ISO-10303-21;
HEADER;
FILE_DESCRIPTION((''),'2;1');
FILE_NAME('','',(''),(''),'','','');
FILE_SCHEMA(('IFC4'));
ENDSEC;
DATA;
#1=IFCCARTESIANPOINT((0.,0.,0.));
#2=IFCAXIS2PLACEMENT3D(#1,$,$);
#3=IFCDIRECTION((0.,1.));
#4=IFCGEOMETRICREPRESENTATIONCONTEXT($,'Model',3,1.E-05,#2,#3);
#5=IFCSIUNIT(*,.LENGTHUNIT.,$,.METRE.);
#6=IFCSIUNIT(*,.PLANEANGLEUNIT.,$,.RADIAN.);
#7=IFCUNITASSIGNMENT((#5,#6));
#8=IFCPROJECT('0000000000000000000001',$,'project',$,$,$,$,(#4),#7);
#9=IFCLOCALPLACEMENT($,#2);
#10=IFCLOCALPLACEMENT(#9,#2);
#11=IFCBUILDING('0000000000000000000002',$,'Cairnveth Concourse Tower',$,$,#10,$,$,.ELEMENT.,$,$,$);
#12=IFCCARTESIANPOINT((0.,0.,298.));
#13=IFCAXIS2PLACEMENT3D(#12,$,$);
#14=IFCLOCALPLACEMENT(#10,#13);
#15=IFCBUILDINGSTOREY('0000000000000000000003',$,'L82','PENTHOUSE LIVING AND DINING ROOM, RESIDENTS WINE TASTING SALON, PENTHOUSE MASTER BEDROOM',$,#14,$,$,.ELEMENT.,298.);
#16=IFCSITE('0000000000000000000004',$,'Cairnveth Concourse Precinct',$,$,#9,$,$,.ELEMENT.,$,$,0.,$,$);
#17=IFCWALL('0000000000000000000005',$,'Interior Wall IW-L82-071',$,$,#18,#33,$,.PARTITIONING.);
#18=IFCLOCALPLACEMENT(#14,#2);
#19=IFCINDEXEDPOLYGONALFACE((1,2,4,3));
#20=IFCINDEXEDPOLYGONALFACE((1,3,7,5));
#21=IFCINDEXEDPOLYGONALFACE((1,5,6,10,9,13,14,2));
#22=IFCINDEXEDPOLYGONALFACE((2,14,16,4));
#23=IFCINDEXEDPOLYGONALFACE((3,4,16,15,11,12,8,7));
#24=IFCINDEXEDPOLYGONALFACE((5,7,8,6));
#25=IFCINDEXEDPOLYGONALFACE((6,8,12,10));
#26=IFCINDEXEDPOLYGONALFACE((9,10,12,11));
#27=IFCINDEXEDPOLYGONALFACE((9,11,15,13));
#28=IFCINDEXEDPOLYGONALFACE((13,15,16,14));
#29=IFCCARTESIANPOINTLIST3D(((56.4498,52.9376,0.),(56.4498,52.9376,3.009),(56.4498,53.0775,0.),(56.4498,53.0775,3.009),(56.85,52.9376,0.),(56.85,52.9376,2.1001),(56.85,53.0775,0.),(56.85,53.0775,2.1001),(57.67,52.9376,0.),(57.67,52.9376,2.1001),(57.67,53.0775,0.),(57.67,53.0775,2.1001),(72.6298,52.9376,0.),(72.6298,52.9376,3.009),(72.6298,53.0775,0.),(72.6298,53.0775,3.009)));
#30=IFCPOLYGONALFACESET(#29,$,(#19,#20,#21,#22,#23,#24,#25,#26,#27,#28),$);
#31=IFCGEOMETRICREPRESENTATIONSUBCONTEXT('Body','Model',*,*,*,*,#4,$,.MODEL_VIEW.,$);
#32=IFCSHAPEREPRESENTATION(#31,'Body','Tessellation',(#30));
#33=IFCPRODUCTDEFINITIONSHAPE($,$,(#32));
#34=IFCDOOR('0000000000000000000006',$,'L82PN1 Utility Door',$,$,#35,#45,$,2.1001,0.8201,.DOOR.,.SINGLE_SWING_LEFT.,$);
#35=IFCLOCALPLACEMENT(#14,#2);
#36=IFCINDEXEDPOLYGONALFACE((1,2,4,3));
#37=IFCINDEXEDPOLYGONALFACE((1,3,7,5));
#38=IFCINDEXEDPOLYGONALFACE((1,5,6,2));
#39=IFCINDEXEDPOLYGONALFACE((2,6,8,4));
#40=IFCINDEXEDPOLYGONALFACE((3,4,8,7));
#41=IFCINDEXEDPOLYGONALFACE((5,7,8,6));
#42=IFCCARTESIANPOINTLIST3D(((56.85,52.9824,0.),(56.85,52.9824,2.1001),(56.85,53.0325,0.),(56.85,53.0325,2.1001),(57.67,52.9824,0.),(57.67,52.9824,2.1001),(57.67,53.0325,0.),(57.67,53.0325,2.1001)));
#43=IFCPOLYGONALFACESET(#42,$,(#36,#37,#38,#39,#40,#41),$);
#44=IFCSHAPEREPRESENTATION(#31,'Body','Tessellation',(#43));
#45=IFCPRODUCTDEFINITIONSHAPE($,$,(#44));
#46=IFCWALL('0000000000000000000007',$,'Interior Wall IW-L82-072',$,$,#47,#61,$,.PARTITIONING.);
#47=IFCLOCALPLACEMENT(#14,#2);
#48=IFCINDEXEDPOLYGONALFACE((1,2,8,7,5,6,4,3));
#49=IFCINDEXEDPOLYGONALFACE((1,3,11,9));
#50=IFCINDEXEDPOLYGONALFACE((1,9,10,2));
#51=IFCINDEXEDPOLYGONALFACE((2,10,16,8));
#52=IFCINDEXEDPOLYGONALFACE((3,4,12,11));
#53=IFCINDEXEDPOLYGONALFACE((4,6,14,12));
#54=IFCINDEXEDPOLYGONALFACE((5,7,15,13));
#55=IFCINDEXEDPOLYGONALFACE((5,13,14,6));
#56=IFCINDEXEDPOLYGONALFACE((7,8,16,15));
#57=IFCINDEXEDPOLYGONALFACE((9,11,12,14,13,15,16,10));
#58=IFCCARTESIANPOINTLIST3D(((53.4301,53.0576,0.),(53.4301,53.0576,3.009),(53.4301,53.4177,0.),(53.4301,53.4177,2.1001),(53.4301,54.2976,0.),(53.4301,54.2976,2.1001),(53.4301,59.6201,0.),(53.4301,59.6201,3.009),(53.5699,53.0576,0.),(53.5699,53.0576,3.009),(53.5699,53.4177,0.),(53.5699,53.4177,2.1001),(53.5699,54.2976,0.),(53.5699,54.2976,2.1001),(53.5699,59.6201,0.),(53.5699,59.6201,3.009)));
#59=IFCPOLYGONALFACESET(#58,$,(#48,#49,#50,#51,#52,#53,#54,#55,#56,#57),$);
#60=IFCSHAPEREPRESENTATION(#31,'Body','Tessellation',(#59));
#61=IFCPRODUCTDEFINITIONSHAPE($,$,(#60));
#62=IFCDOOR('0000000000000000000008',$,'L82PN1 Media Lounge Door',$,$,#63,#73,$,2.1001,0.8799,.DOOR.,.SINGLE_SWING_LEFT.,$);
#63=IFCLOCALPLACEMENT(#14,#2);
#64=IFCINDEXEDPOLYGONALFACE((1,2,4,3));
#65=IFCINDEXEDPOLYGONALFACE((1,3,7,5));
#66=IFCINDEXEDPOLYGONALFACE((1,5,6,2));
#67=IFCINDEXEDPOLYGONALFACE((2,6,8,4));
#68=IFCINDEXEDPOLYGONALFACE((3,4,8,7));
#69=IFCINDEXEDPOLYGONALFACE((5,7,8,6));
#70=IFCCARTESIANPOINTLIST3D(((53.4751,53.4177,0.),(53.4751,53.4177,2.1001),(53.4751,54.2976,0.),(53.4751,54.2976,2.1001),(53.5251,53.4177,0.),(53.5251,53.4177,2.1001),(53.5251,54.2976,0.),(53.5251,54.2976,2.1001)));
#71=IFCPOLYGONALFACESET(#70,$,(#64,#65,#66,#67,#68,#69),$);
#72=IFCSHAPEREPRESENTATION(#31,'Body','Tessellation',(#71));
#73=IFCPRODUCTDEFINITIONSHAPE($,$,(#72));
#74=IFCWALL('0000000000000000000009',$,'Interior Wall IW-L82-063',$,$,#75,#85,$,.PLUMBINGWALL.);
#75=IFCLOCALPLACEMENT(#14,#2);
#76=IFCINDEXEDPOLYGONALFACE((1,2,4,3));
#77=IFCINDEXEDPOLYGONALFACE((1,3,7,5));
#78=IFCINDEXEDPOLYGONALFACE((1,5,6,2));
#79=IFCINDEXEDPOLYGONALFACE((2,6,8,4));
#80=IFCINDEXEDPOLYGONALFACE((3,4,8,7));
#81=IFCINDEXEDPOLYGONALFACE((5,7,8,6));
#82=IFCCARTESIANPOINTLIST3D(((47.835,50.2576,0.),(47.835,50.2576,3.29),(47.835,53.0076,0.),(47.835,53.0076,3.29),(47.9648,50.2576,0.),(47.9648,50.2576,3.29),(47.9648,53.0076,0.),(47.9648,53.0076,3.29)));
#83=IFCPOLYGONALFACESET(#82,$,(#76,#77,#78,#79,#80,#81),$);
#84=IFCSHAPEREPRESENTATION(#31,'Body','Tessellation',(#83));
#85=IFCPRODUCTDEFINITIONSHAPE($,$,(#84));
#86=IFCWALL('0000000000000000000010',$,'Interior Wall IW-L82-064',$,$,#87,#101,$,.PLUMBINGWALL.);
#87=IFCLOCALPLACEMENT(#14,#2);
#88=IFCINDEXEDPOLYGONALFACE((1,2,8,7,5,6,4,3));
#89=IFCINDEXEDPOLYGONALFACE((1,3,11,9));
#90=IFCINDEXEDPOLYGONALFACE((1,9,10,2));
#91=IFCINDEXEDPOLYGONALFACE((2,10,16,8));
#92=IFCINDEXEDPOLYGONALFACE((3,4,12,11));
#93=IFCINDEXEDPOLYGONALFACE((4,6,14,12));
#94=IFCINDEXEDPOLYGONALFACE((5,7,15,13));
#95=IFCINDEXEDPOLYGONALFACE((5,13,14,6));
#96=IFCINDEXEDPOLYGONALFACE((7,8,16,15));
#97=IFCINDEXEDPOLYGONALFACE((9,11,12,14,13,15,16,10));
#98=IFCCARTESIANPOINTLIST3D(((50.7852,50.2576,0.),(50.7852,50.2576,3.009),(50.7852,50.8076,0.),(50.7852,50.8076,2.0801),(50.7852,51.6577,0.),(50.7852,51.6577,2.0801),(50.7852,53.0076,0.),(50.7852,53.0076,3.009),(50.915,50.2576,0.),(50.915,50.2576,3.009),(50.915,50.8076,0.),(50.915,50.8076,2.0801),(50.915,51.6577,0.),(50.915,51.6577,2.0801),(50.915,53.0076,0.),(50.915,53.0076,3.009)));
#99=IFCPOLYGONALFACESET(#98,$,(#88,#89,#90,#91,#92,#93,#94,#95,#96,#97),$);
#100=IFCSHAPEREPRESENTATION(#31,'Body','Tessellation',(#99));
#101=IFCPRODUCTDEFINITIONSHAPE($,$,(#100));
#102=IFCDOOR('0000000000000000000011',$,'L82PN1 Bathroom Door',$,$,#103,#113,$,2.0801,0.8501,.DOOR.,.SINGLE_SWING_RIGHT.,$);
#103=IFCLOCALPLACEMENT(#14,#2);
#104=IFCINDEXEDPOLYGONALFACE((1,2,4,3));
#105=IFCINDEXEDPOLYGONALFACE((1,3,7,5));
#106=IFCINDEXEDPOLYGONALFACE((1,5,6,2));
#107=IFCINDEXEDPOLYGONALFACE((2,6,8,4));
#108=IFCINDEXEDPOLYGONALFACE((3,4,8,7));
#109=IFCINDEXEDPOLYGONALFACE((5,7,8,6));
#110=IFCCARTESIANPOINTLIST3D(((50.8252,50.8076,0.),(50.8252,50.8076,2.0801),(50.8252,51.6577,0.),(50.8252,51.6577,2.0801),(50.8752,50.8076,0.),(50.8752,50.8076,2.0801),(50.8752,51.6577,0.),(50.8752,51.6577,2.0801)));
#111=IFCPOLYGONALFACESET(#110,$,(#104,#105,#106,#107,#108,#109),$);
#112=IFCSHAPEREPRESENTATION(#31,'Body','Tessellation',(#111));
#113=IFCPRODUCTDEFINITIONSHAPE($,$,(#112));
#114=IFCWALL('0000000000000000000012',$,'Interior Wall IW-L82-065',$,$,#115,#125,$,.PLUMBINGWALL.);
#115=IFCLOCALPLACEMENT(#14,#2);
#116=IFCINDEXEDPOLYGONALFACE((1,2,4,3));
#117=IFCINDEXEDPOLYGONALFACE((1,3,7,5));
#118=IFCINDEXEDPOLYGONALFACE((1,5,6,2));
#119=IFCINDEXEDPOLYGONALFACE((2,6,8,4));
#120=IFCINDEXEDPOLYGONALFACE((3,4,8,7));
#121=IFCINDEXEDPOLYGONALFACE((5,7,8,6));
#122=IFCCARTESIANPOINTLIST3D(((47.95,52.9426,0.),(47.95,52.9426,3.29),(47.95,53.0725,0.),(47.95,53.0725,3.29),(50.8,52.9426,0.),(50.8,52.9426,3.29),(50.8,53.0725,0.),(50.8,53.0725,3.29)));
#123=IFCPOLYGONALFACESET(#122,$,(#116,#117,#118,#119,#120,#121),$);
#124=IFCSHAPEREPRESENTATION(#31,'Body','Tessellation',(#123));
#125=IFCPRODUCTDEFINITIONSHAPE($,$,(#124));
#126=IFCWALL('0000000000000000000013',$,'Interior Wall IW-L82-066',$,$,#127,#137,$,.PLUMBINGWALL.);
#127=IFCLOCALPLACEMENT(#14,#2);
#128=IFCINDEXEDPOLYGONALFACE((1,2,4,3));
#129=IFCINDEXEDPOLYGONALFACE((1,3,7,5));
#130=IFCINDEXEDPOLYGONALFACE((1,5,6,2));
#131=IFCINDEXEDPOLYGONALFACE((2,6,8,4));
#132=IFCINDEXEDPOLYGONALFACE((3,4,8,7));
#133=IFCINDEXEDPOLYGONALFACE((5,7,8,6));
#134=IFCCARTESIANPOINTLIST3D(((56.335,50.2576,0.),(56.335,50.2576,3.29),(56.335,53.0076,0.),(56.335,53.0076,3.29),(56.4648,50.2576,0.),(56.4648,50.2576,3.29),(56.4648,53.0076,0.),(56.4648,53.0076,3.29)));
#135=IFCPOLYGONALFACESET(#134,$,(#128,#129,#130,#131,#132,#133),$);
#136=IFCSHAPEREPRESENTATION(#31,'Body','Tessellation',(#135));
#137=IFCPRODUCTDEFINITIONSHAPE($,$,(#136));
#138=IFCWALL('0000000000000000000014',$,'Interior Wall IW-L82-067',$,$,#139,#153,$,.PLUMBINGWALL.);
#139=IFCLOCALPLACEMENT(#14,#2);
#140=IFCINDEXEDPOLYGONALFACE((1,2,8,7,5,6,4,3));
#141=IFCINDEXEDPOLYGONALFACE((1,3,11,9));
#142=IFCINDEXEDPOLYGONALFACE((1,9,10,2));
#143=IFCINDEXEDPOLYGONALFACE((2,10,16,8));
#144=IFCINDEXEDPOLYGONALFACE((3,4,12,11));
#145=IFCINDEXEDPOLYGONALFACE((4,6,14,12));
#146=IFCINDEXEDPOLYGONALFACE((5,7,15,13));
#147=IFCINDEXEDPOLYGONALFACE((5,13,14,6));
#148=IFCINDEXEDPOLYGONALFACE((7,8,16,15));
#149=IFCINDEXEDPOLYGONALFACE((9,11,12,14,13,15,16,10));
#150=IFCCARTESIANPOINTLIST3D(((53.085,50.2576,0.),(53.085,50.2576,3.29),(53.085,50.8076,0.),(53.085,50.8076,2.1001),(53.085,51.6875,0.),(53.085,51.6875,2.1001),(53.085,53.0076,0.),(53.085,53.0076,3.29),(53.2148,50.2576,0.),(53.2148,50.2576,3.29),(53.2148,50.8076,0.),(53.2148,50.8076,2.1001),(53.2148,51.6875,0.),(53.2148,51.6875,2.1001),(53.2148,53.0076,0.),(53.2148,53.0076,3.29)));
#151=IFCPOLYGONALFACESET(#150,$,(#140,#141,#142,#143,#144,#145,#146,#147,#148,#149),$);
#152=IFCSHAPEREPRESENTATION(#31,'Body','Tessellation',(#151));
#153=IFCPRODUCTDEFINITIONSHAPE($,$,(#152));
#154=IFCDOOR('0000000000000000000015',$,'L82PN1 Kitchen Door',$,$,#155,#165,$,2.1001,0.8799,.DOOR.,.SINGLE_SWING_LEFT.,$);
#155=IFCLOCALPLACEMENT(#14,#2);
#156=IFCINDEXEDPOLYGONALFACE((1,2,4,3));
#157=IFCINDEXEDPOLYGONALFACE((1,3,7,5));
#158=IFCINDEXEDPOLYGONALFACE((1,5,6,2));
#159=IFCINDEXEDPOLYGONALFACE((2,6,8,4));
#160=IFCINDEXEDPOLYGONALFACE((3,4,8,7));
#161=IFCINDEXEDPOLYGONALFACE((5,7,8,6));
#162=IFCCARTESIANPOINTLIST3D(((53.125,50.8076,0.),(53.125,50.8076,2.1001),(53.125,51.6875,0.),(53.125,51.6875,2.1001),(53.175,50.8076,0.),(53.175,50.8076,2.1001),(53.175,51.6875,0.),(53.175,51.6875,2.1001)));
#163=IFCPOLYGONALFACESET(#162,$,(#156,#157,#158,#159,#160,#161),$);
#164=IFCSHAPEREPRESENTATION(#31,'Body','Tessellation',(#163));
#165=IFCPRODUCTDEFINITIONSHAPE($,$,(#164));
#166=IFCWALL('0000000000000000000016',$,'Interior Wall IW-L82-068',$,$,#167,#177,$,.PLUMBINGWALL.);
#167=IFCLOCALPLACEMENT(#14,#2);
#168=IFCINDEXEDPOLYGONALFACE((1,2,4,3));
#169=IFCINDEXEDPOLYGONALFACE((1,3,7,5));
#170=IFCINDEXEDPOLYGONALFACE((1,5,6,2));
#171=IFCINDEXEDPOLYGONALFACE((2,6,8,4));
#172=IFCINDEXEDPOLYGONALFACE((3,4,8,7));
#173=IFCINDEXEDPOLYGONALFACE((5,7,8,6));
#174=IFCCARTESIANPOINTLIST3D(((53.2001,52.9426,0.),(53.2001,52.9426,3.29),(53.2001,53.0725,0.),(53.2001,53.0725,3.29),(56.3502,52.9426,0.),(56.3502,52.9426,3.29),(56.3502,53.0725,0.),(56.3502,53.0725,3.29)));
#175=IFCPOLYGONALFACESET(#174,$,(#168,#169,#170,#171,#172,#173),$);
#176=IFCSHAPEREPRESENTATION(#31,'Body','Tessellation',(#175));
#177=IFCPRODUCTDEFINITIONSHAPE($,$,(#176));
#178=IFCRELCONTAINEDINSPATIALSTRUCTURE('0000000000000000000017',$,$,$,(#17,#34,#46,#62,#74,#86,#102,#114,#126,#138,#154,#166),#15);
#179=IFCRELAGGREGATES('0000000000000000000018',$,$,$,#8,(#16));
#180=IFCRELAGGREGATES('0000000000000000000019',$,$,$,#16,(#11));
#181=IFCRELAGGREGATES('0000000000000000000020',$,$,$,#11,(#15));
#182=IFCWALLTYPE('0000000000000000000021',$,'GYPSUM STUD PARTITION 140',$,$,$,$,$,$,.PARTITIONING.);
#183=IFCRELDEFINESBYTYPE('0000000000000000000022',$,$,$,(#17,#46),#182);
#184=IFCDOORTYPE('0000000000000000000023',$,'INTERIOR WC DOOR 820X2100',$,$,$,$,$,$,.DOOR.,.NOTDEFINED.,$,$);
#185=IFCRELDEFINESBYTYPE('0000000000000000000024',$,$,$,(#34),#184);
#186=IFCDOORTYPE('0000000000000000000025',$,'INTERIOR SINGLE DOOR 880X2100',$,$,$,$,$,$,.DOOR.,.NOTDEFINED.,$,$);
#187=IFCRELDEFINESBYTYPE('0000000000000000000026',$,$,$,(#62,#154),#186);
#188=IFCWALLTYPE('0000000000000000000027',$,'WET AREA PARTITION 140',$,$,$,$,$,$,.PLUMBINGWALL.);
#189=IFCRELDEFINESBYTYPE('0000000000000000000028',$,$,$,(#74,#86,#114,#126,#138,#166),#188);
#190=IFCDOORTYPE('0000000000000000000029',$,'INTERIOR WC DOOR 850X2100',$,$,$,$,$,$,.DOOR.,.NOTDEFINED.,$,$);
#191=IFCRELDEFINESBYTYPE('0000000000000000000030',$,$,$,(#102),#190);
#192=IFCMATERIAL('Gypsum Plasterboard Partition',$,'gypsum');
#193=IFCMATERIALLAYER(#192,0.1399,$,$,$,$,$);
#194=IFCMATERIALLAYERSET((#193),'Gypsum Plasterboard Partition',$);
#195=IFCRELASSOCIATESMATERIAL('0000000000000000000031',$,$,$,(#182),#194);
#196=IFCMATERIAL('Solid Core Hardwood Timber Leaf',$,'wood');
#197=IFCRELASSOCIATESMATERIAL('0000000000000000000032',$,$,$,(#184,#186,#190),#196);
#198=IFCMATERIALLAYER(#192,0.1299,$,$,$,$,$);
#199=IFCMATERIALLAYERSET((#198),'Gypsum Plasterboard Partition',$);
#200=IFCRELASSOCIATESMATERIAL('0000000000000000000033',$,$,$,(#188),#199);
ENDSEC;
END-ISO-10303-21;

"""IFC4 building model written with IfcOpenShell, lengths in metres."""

from ifc_helpers import new_model, si_unit, direction, frame, frame_2d, origin, place, context, subcontext, project, spatial, rectangle, extrude, material, layer, layer_set, type_object, element, fill, save


model = new_model("IFC4")

# Units and contexts
model_context = context("Model", 3, precision=1e-05, world=origin(), true_north=direction((0.0, 1.0)))
body_context = subcontext(model_context, "Body", "Model", "MODEL_VIEW")
ifc_project = project(units=[si_unit("LENGTHUNIT", "METRE"), si_unit("PLANEANGLEUNIT", "RADIAN")], contexts=[model_context])

# Site, building, storey
site_placement = place(None, origin())
site = spatial("IfcSite", under=ifc_project, at=site_placement, Name="Cairnveth Concourse Precinct", CompositionType="ELEMENT", RefElevation=0.0)
building_placement = place(site_placement, origin())
building = spatial("IfcBuilding", under=site, at=building_placement, Name="Cairnveth Concourse Tower", CompositionType="ELEMENT")
storey_placement = place(building_placement, frame((0.0, 0.0, 298.0)))
storey = spatial("IfcBuildingStorey", under=building, at=storey_placement, Name="L82", Description="PENTHOUSE LIVING AND DINING ROOM, RESIDENTS WINE TASTING SALON, PENTHOUSE MASTER BEDROOM", CompositionType="ELEMENT", Elevation=298.0)

# Walls, openings, doors
ifc_material_1 = material(Name="Gypsum Plasterboard Partition", Category="gypsum")
ifc_layer_1 = layer(ifc_material_1, 0.1399)
ifc_layer_set_1 = layer_set([ifc_layer_1], Name="Gypsum Plasterboard Partition")
wall_type_1 = type_object("IfcWallType", Name="GYPSUM STUD PARTITION 140", PredefinedType="PARTITIONING", material=ifc_layer_set_1)
wall_1_placement = place(storey_placement, frame((56.45, 53.0076, 0.0), z_axis=(0.0, 0.0, 1.0), x_axis=(1.0, 0.0, 0.0)))
wall_1 = element("IfcWall", 1, at=wall_1_placement, inside=storey, type_object=wall_type_1, Name="Interior Wall IW-L82-071", PredefinedType="PARTITIONING", context=body_context, shape_type="SweptSolid", body=[
    extrude(rectangle(XDim=16.1799, YDim=0.1399, at=frame_2d((8.0898, 0.0))), origin(), (0.0, 0.0, 1.0), 3.009),
])
opening_1_placement = place(wall_1_placement, frame((0.3999, 0.0, 0.0)))
opening_1 = element("IfcOpeningElement", 2, at=opening_1_placement, cuts=wall_1, PredefinedType="OPENING", context=body_context, shape_type="SweptSolid", body=[
    extrude(rectangle(XDim=0.8201, YDim=2.1001, at=frame_2d((0.4102, 1.05))), frame((0.0, 0.0798, 0.0), z_axis=(0.0, -1.0, 0.0), x_axis=(1.0, 0.0, 0.0)), (0.0, 0.0, 1.0), 0.1599),
])
ifc_material_2 = material(Name="Solid Core Hardwood Timber Leaf", Category="wood")
door_type_1 = type_object("IfcDoorType", Name="INTERIOR WC DOOR 820X2100", OperationType="NOTDEFINED", PredefinedType="DOOR", material=ifc_material_2)
door_1_placement = place(opening_1_placement, origin())
door_1 = element("IfcDoor", 3, at=door_1_placement, inside=storey, type_object=door_type_1, Name="L82PN1 Utility Door", OperationType="SINGLE_SWING_LEFT", OverallHeight=2.1001, OverallWidth=0.8201, PredefinedType="DOOR", context=body_context, shape_type="SweptSolid", body=[
    extrude(rectangle(XDim=0.8201, YDim=2.1001, at=frame_2d((0.4102, 1.05))), frame((0.0, 0.0249, 0.0), z_axis=(0.0, -1.0, 0.0), x_axis=(1.0, 0.0, 0.0)), (0.0, 0.0, 1.0), 0.05),
])
fill(opening_1, door_1)
wall_2_placement = place(storey_placement, frame((53.5, 53.0576, 0.0), z_axis=(0.0, 0.0, 1.0), x_axis=(0.0, 1.0, 0.0)))
wall_2 = element("IfcWall", 4, at=wall_2_placement, inside=storey, type_object=wall_type_1, Name="Interior Wall IW-L82-072", PredefinedType="PARTITIONING", context=body_context, shape_type="SweptSolid", body=[
    extrude(rectangle(XDim=6.5625, YDim=0.1399, at=frame_2d((3.2812, 0.0))), origin(), (0.0, 0.0, 1.0), 3.009),
])
opening_2_placement = place(wall_2_placement, frame((0.3601, 0.0, 0.0)))
opening_2 = element("IfcOpeningElement", 5, at=opening_2_placement, cuts=wall_2, PredefinedType="OPENING", context=body_context, shape_type="SweptSolid", body=[
    extrude(rectangle(XDim=0.8799, YDim=2.1001, at=frame_2d((0.4399, 1.05))), frame((0.0, 0.0798, 0.0), z_axis=(0.0, -1.0, 0.0), x_axis=(1.0, 0.0, 0.0)), (0.0, 0.0, 1.0), 0.1599),
])
door_type_2 = type_object("IfcDoorType", Name="INTERIOR SINGLE DOOR 880X2100", OperationType="NOTDEFINED", PredefinedType="DOOR", material=ifc_material_2)
door_2_placement = place(opening_2_placement, origin())
door_2 = element("IfcDoor", 6, at=door_2_placement, inside=storey, type_object=door_type_2, Name="L82PN1 Media Lounge Door", OperationType="SINGLE_SWING_LEFT", OverallHeight=2.1001, OverallWidth=0.8799, PredefinedType="DOOR", context=body_context, shape_type="SweptSolid", body=[
    extrude(rectangle(XDim=0.8799, YDim=2.1001, at=frame_2d((0.4399, 1.05))), frame((0.0, 0.0249, 0.0), z_axis=(0.0, -1.0, 0.0), x_axis=(1.0, 0.0, 0.0)), (0.0, 0.0, 1.0), 0.05),
])
fill(opening_2, door_2)

# Wall
ifc_layer_2 = layer(ifc_material_1, 0.1299)
ifc_layer_set_2 = layer_set([ifc_layer_2], Name="Gypsum Plasterboard Partition")
wall_type_2 = type_object("IfcWallType", Name="WET AREA PARTITION 140", PredefinedType="PLUMBINGWALL", material=ifc_layer_set_2)
wall_3_placement = place(storey_placement, frame((47.8999, 50.2576, 0.0), z_axis=(0.0, 0.0, 1.0), x_axis=(0.0, 1.0, 0.0)))
element("IfcWall", 7, at=wall_3_placement, inside=storey, type_object=wall_type_2, Name="Interior Wall IW-L82-063", PredefinedType="PLUMBINGWALL", context=body_context, shape_type="SweptSolid", body=[
    extrude(rectangle(XDim=2.75, YDim=0.1299, at=frame_2d((1.375, 0.0))), origin(), (0.0, 0.0, 1.0), 3.29),
])

# Wall, opening, door
wall_4_placement = place(storey_placement, frame((50.8501, 50.2576, 0.0), z_axis=(0.0, 0.0, 1.0), x_axis=(0.0, 1.0, 0.0)))
wall_4 = element("IfcWall", 8, at=wall_4_placement, inside=storey, type_object=wall_type_2, Name="Interior Wall IW-L82-064", PredefinedType="PLUMBINGWALL", context=body_context, shape_type="SweptSolid", body=[
    extrude(rectangle(XDim=2.75, YDim=0.1299, at=frame_2d((1.375, 0.0))), origin(), (0.0, 0.0, 1.0), 3.009),
])
opening_3_placement = place(wall_4_placement, frame((0.55, 0.0, 0.0)))
opening_3 = element("IfcOpeningElement", 9, at=opening_3_placement, cuts=wall_4, PredefinedType="OPENING", context=body_context, shape_type="SweptSolid", body=[
    extrude(rectangle(XDim=0.8501, YDim=2.0801, at=frame_2d((0.425, 1.04))), frame((0.0, 0.075, 0.0), z_axis=(0.0, -1.0, 0.0), x_axis=(1.0, 0.0, 0.0)), (0.0, 0.0, 1.0), 0.1499),
])
door_type_3 = type_object("IfcDoorType", Name="INTERIOR WC DOOR 850X2100", OperationType="NOTDEFINED", PredefinedType="DOOR", material=ifc_material_2)
door_3_placement = place(opening_3_placement, origin())
door_3 = element("IfcDoor", 10, at=door_3_placement, inside=storey, type_object=door_type_3, Name="L82PN1 Bathroom Door", OperationType="SINGLE_SWING_RIGHT", OverallHeight=2.0801, OverallWidth=0.8501, PredefinedType="DOOR", context=body_context, shape_type="SweptSolid", body=[
    extrude(rectangle(XDim=0.8501, YDim=2.0801, at=frame_2d((0.425, 1.04))), frame((0.0, 0.0249, 0.0), z_axis=(0.0, -1.0, 0.0), x_axis=(1.0, 0.0, 0.0)), (0.0, 0.0, 1.0), 0.05),
])
fill(opening_3, door_3)

# Walls
wall_5_placement = place(storey_placement, frame((47.95, 53.0076, 0.0), z_axis=(0.0, 0.0, 1.0), x_axis=(1.0, 0.0, 0.0)))
element("IfcWall", 11, at=wall_5_placement, inside=storey, type_object=wall_type_2, Name="Interior Wall IW-L82-065", PredefinedType="PLUMBINGWALL", context=body_context, shape_type="SweptSolid", body=[
    extrude(rectangle(XDim=2.8501, YDim=0.1299, at=frame_2d((1.425, 0.0))), origin(), (0.0, 0.0, 1.0), 3.29),
])
wall_6_placement = place(storey_placement, frame((56.3999, 50.2576, 0.0), z_axis=(0.0, 0.0, 1.0), x_axis=(0.0, 1.0, 0.0)))
element("IfcWall", 12, at=wall_6_placement, inside=storey, type_object=wall_type_2, Name="Interior Wall IW-L82-066", PredefinedType="PLUMBINGWALL", context=body_context, shape_type="SweptSolid", body=[
    extrude(rectangle(XDim=2.75, YDim=0.1299, at=frame_2d((1.375, 0.0))), origin(), (0.0, 0.0, 1.0), 3.29),
])

# Wall, opening, door
wall_7_placement = place(storey_placement, frame((53.1499, 50.2576, 0.0), z_axis=(0.0, 0.0, 1.0), x_axis=(0.0, 1.0, 0.0)))
wall_7 = element("IfcWall", 13, at=wall_7_placement, inside=storey, type_object=wall_type_2, Name="Interior Wall IW-L82-067", PredefinedType="PLUMBINGWALL", context=body_context, shape_type="SweptSolid", body=[
    extrude(rectangle(XDim=2.75, YDim=0.1299, at=frame_2d((1.375, 0.0))), origin(), (0.0, 0.0, 1.0), 3.29),
])
opening_4_placement = place(wall_7_placement, frame((0.55, 0.0, 0.0)))
opening_4 = element("IfcOpeningElement", 14, at=opening_4_placement, cuts=wall_7, PredefinedType="OPENING", context=body_context, shape_type="SweptSolid", body=[
    extrude(rectangle(XDim=0.8799, YDim=2.1001, at=frame_2d((0.4399, 1.05))), frame((0.0, 0.075, 0.0), z_axis=(0.0, -1.0, 0.0), x_axis=(1.0, 0.0, 0.0)), (0.0, 0.0, 1.0), 0.1499),
])
door_4_placement = place(opening_4_placement, origin())
door_4 = element("IfcDoor", 15, at=door_4_placement, inside=storey, type_object=door_type_2, Name="L82PN1 Kitchen Door", OperationType="SINGLE_SWING_LEFT", OverallHeight=2.1001, OverallWidth=0.8799, PredefinedType="DOOR", context=body_context, shape_type="SweptSolid", body=[
    extrude(rectangle(XDim=0.8799, YDim=2.1001, at=frame_2d((0.4399, 1.05))), frame((0.0, 0.0249, 0.0), z_axis=(0.0, -1.0, 0.0), x_axis=(1.0, 0.0, 0.0)), (0.0, 0.0, 1.0), 0.05),
])
fill(opening_4, door_4)

# Wall
wall_8_placement = place(storey_placement, frame((53.2, 53.0076, 0.0), z_axis=(0.0, 0.0, 1.0), x_axis=(1.0, 0.0, 0.0)))
element("IfcWall", 16, at=wall_8_placement, inside=storey, type_object=wall_type_2, Name="Interior Wall IW-L82-068", PredefinedType="PLUMBINGWALL", context=body_context, shape_type="SweptSolid", body=[
    extrude(rectangle(XDim=3.1501, YDim=0.1299, at=frame_2d((1.5752, 0.0))), origin(), (0.0, 0.0, 1.0), 3.29),
])

save(model, "model.ifc")
